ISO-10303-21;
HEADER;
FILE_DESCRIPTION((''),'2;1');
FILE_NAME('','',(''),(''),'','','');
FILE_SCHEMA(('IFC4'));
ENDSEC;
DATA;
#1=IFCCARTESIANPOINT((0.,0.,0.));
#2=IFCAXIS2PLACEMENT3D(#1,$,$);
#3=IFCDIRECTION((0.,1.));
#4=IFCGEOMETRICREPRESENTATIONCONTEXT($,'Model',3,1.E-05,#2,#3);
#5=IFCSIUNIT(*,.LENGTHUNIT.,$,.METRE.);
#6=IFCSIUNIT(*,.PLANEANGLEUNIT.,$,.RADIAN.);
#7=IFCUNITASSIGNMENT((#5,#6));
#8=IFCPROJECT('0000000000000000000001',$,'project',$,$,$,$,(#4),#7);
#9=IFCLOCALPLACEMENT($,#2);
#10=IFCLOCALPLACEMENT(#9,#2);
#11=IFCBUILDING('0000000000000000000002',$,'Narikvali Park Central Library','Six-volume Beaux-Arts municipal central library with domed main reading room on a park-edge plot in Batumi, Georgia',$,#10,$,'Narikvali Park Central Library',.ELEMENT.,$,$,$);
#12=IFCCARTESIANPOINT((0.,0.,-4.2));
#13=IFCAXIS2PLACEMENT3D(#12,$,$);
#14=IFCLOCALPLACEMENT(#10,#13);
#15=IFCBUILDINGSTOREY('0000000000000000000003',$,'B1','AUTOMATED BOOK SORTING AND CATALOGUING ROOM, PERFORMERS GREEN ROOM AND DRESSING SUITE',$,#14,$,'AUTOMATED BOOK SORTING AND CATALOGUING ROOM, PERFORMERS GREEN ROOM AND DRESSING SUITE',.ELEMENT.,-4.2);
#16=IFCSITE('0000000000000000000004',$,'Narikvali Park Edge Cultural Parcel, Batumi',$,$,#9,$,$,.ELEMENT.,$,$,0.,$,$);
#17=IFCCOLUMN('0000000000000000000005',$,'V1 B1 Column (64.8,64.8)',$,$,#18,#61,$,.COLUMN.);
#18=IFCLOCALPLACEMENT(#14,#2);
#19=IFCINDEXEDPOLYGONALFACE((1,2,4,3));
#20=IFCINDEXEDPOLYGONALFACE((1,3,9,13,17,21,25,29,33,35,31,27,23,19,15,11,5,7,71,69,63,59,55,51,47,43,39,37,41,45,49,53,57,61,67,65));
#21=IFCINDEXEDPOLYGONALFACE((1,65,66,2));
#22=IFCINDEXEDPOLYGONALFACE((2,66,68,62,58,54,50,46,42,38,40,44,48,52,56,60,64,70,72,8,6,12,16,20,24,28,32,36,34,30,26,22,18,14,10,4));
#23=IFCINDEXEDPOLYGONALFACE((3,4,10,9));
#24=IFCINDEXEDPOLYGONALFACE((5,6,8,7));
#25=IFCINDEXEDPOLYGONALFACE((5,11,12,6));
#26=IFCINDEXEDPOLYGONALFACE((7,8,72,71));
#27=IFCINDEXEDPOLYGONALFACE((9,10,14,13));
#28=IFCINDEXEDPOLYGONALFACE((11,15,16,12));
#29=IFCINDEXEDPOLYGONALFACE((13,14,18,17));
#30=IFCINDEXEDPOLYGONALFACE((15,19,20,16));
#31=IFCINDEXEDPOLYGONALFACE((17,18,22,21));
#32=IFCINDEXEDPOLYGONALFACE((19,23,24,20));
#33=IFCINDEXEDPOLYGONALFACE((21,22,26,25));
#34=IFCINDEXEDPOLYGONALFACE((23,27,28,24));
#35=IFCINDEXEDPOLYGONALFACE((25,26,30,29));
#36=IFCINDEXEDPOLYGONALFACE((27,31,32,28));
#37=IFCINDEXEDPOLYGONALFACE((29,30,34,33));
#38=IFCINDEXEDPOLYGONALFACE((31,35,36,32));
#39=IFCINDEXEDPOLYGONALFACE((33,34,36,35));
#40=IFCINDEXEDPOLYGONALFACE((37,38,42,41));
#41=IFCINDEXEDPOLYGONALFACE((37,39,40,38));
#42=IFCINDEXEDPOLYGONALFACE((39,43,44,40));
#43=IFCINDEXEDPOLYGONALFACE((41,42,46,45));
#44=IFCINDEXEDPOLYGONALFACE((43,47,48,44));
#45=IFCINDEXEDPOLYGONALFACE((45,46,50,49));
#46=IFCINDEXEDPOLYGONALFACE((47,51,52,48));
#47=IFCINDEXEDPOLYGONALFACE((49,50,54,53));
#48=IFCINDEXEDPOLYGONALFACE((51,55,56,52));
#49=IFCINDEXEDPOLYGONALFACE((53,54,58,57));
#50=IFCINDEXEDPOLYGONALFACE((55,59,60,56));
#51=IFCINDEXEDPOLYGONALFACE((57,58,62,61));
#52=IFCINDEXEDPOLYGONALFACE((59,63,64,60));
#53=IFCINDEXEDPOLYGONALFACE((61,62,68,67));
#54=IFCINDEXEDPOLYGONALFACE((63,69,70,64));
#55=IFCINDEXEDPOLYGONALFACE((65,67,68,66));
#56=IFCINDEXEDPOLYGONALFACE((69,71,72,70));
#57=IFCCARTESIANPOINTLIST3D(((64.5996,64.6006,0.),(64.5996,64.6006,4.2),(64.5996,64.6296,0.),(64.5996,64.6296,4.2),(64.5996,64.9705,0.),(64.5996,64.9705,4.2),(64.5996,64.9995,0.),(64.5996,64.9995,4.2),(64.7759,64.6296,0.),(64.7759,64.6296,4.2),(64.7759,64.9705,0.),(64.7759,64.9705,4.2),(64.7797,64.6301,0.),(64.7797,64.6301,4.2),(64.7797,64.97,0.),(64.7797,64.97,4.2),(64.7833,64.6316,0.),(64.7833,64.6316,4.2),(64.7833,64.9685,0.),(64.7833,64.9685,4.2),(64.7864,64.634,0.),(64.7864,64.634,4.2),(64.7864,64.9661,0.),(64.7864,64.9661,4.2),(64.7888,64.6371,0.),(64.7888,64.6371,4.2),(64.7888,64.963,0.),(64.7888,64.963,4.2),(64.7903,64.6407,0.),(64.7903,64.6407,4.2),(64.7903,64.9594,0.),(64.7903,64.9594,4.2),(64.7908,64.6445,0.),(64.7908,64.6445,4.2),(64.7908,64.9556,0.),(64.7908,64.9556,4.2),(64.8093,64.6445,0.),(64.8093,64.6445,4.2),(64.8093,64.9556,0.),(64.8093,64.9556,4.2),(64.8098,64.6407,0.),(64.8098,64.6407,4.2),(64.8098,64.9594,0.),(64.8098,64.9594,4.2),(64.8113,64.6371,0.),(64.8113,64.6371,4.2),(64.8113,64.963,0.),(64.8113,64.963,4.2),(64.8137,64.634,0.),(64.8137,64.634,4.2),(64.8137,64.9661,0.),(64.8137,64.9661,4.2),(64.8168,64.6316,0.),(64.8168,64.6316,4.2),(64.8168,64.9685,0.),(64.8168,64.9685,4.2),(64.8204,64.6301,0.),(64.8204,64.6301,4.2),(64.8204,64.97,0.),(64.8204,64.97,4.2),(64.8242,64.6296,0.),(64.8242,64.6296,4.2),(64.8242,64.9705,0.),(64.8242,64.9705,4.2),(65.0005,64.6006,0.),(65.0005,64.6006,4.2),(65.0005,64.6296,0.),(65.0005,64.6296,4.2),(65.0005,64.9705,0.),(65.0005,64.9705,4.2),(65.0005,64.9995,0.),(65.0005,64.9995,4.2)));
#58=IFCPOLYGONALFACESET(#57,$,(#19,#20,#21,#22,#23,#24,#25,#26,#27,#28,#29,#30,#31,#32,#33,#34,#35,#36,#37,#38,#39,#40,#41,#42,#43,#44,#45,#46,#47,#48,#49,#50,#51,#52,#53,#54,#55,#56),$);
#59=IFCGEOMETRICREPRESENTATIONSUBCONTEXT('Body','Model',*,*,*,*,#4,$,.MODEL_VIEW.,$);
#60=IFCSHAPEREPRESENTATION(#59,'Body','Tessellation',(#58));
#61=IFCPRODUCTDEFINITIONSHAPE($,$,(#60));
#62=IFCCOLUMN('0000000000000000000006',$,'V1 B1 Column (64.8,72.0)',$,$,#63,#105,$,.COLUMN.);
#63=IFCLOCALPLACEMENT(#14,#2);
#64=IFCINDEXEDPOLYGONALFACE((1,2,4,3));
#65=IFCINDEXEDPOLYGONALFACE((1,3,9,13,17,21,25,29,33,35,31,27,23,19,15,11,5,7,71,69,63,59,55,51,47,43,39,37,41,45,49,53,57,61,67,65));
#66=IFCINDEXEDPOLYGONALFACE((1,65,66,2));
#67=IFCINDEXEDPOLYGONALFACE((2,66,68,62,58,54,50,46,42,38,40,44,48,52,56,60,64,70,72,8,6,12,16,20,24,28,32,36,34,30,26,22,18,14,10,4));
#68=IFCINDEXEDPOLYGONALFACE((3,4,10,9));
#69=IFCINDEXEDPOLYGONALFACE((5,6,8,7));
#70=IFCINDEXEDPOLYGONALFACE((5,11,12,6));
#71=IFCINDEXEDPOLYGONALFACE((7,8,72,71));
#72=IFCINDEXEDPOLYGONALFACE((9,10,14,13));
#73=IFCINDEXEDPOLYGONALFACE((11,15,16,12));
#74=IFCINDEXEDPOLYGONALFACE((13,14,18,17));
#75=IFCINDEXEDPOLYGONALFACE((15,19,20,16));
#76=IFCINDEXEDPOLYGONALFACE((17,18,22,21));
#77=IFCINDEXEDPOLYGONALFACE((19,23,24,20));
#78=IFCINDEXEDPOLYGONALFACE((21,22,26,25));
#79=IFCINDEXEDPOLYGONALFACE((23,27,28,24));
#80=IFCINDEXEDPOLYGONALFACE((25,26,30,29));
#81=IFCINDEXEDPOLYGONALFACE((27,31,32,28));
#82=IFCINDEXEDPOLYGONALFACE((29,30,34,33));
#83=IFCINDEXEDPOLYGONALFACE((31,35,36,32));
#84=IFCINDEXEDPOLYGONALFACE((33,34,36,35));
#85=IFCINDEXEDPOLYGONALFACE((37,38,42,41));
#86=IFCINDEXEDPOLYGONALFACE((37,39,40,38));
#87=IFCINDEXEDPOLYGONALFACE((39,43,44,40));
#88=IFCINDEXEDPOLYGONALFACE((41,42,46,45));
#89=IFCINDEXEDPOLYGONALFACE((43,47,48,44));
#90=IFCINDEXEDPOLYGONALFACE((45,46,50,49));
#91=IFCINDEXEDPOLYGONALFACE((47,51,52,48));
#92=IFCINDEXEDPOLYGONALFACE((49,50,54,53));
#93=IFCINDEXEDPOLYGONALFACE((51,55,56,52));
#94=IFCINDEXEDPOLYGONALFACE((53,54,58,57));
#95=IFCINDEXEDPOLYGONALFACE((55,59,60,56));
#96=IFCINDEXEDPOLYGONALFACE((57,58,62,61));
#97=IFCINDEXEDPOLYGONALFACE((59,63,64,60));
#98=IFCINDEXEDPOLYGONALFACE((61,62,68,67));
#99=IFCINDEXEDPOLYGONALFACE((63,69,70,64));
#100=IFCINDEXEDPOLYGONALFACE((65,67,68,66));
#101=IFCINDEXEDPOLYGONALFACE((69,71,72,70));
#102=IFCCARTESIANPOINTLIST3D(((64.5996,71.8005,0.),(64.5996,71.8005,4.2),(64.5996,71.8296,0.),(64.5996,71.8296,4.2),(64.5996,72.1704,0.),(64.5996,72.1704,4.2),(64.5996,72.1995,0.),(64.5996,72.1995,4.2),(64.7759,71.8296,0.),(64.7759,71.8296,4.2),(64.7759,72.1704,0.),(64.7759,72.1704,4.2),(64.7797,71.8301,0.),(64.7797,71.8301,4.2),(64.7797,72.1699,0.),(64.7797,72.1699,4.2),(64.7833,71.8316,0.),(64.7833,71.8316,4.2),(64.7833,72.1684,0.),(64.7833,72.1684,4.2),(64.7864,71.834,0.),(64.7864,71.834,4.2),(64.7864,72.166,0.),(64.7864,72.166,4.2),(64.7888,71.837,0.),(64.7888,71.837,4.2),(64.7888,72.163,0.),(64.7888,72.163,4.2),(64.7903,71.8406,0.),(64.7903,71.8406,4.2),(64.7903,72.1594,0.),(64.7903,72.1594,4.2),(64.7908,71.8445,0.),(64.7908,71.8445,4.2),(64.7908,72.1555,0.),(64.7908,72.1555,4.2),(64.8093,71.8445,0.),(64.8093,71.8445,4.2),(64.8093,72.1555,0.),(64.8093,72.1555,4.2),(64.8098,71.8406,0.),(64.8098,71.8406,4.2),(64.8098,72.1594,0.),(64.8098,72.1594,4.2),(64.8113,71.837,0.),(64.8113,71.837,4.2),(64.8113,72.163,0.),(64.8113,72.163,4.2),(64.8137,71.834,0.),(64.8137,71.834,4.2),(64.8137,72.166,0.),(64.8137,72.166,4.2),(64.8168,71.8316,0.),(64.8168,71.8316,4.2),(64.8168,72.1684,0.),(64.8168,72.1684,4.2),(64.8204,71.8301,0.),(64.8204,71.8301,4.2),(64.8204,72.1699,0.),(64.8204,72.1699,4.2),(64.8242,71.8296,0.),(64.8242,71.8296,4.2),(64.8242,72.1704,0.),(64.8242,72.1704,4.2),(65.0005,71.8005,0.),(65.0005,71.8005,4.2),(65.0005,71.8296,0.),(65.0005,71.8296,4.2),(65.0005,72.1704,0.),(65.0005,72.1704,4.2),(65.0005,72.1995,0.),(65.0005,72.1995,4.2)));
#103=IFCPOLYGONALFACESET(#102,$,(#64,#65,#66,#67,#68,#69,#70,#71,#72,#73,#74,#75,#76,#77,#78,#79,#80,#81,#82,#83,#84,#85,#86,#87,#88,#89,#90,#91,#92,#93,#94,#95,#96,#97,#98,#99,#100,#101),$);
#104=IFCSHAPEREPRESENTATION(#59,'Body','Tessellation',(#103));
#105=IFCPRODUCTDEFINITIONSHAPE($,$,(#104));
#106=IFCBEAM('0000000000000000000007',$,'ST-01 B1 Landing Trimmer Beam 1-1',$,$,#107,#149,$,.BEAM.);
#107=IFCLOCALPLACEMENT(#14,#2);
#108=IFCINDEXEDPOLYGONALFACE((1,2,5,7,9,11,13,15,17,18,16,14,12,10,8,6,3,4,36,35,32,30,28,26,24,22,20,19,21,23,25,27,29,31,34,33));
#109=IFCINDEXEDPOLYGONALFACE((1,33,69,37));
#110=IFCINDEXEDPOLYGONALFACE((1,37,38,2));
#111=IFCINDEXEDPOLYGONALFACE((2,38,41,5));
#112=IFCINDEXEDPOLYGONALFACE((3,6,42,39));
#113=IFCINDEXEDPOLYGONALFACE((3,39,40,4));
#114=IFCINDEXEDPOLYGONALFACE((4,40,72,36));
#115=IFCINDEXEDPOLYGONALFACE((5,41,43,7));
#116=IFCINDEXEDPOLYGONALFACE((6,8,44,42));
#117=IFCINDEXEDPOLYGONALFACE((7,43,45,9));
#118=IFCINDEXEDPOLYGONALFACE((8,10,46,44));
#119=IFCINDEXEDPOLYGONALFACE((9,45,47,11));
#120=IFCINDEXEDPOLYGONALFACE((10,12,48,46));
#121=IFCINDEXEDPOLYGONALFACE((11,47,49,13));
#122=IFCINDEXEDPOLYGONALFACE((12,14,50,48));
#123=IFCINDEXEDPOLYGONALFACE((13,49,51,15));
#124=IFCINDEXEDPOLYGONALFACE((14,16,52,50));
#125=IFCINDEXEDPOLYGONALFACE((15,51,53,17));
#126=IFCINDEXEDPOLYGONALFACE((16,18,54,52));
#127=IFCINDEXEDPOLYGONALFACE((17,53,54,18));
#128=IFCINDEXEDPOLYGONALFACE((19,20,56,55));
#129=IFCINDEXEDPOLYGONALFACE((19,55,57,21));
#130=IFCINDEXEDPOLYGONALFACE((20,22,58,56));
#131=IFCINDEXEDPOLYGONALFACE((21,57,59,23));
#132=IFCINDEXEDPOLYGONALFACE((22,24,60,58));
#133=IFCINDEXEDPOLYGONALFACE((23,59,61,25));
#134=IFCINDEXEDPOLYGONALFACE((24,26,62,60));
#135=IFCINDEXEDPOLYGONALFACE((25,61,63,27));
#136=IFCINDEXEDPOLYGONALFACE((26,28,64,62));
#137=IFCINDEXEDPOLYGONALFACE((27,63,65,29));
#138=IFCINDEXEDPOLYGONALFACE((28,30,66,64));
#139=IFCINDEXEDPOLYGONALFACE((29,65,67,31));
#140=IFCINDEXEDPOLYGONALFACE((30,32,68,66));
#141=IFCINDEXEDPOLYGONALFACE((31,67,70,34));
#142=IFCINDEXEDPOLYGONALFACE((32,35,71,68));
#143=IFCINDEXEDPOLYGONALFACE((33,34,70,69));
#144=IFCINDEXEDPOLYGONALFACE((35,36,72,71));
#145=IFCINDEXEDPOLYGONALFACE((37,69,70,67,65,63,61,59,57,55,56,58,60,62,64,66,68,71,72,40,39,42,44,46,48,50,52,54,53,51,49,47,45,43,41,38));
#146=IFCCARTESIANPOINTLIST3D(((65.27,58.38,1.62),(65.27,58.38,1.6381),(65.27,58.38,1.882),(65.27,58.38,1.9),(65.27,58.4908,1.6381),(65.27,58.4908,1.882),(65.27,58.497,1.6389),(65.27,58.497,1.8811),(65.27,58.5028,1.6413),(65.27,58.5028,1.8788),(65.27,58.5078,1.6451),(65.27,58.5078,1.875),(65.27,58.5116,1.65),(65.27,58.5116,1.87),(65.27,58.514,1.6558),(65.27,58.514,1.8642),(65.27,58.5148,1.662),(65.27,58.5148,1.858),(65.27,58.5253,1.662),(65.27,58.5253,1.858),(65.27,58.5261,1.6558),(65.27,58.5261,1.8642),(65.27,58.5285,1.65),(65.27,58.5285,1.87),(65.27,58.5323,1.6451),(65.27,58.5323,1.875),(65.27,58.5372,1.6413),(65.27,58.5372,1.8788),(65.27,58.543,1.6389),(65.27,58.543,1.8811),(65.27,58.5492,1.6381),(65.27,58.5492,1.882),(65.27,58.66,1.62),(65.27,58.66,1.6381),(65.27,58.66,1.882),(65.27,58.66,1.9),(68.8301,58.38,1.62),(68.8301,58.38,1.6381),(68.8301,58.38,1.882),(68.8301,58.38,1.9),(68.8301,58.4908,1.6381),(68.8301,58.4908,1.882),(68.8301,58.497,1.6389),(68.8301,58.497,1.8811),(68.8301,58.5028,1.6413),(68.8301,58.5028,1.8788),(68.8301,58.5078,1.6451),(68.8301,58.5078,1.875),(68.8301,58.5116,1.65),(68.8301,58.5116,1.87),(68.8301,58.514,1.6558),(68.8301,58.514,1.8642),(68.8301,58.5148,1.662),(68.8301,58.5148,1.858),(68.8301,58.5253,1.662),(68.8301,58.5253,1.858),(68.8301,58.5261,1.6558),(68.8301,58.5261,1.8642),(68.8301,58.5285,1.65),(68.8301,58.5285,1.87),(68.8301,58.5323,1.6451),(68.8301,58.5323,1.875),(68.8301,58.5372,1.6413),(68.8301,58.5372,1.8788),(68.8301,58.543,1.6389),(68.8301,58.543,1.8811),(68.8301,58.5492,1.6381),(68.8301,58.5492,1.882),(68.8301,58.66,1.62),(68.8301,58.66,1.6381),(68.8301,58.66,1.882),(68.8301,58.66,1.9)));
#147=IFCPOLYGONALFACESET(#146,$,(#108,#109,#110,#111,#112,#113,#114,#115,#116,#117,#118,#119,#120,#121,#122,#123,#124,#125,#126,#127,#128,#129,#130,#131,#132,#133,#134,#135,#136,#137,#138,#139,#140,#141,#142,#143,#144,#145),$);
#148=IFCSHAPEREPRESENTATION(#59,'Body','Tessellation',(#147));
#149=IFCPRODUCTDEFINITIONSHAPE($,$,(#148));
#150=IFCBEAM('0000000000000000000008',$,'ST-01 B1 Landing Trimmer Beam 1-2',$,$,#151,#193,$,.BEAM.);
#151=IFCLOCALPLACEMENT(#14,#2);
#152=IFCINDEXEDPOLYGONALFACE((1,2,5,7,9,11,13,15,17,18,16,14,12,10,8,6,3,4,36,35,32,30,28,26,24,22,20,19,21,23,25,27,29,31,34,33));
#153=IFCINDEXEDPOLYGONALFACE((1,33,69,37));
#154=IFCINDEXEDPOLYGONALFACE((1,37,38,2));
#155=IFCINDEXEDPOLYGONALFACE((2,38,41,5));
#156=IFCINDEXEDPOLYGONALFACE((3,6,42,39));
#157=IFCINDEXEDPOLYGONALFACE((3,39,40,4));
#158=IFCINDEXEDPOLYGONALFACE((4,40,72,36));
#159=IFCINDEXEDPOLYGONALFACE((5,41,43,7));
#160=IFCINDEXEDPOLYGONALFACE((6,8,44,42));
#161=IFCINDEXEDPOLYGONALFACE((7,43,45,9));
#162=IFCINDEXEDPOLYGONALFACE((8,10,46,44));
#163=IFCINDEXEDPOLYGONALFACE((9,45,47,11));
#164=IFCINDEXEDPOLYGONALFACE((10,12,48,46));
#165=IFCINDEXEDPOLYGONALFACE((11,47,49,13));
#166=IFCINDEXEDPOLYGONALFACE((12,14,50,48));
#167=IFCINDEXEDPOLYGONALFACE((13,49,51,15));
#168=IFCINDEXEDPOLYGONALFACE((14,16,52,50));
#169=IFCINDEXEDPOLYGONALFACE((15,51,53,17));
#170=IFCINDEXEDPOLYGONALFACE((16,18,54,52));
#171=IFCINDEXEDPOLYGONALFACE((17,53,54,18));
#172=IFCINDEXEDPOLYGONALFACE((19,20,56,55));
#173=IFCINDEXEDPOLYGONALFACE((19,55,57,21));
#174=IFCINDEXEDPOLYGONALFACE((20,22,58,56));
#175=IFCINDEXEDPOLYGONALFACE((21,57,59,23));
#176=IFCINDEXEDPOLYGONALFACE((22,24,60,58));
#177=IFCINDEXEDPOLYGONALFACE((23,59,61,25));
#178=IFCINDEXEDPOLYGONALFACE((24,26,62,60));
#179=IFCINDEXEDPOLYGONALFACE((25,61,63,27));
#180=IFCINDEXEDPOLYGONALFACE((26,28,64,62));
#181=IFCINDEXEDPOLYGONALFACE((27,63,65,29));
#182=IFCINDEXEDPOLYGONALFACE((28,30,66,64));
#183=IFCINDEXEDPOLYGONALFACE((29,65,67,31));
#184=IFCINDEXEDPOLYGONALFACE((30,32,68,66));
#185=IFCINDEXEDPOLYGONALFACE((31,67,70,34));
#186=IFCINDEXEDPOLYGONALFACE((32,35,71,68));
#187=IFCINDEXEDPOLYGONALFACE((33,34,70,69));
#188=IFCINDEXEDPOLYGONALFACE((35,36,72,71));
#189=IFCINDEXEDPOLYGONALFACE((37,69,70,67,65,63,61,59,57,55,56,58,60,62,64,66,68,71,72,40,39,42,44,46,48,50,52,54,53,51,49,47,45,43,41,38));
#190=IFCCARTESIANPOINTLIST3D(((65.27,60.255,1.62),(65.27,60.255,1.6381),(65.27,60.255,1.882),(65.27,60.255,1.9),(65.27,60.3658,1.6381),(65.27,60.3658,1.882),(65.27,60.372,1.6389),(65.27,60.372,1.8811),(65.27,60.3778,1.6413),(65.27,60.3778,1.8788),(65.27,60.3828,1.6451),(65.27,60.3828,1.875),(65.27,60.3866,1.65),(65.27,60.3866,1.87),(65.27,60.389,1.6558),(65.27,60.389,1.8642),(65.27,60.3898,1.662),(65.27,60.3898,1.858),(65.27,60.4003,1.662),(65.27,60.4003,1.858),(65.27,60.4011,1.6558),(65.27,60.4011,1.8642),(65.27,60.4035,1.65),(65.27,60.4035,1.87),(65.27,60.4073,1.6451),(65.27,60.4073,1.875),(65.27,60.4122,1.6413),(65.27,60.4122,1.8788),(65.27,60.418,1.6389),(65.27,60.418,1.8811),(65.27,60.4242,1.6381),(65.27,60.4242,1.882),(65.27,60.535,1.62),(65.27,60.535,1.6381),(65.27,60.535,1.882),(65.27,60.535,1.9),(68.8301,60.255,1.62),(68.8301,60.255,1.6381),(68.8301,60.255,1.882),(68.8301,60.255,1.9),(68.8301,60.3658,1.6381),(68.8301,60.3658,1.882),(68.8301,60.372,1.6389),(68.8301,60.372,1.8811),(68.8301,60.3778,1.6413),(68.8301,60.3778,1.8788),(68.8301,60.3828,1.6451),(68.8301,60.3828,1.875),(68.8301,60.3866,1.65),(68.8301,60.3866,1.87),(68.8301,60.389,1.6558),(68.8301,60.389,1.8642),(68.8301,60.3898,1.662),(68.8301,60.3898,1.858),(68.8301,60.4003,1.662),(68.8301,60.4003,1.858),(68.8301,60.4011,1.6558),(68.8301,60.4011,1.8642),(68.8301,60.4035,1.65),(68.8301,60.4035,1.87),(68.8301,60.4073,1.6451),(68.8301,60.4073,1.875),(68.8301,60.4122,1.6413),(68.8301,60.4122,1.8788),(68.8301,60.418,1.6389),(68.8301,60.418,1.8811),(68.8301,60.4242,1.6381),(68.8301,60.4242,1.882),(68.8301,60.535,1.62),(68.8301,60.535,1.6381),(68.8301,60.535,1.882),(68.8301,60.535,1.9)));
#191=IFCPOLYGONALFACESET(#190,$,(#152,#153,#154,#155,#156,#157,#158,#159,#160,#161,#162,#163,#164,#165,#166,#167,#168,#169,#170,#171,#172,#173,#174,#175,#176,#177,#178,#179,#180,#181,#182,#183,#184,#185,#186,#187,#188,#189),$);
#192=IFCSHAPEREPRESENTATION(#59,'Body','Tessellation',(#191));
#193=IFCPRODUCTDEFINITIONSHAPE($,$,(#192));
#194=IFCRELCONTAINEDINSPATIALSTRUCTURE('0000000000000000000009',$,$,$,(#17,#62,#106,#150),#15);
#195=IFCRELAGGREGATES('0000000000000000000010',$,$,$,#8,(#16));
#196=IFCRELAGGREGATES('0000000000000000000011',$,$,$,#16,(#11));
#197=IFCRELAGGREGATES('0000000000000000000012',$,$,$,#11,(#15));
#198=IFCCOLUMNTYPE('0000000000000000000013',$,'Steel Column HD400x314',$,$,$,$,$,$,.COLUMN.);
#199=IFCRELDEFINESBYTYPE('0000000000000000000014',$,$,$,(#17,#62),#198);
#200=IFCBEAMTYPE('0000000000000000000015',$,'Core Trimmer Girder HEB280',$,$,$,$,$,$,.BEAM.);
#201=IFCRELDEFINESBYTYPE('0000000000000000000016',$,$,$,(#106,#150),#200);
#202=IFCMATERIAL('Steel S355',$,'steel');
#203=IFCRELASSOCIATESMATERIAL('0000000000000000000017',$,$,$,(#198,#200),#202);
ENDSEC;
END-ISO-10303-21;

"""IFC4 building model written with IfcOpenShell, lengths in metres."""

from ifc_helpers import new_model, si_unit, direction, frame, origin, origin_2d, place, context, subcontext, project, spatial, i_section, extrude, material, material_profile, profile_set, type_object, element, save


model = new_model("IFC4")

# Units and contexts
model_context = context("Model", 3, precision=1e-05, world=origin(), true_north=direction((0.0, 1.0)))
body_context = subcontext(model_context, "Body", "Model", "MODEL_VIEW")
ifc_project = project(units=[si_unit("LENGTHUNIT", "METRE"), si_unit("PLANEANGLEUNIT", "RADIAN")], contexts=[model_context])

# Site, building, storey
site_placement = place(None, origin())
site = spatial("IfcSite", under=ifc_project, at=site_placement, Name="Narikvali Park Edge Cultural Parcel, Batumi", CompositionType="ELEMENT", RefElevation=0.0)
building_placement = place(site_placement, origin())
building = spatial("IfcBuilding", under=site, at=building_placement, Name="Narikvali Park Central Library", Description="Six-volume Beaux-Arts municipal central library with domed main reading room on a park-edge plot in Batumi, Georgia", LongName="Narikvali Park Central Library", CompositionType="ELEMENT")
storey_placement = place(building_placement, frame((0.0, 0.0, -4.2)))
storey = spatial("IfcBuildingStorey", under=building, at=storey_placement, Name="B1", Description="AUTOMATED BOOK SORTING AND CATALOGUING ROOM, PERFORMERS GREEN ROOM AND DRESSING SUITE", LongName="AUTOMATED BOOK SORTING AND CATALOGUING ROOM, PERFORMERS GREEN ROOM AND DRESSING SUITE", CompositionType="ELEMENT", Elevation=-4.2)

# Columns
ifc_material_1 = material(Name="Steel S355", Category="steel")
ifc_material_profile_1 = material_profile(ifc_material_1, i_section(OverallWidth=0.4009, OverallDepth=0.3989, WebThickness=0.0186, FlangeThickness=0.0291, FilletRadius=0.0149, at=origin_2d()), Name="HD 400x314")
ifc_profile_set_1 = profile_set([ifc_material_profile_1], Name="Steel S355")
column_type = type_object("IfcColumnType", Name="Steel Column HD400x314", PredefinedType="COLUMN", material=ifc_profile_set_1)
for number, where, z_axis, x_axis, name in (
    (1, (64.8, 64.8, 0.0), (0.0, 0.0, 1.0), (1.0, 0.0, 0.0), "V1 B1 Column (64.8,64.8)"),
    (2, (64.8, 72.0, 0.0), (0.0, 0.0, 1.0), (1.0, 0.0, 0.0), "V1 B1 Column (64.8,72.0)"),
):
    element("IfcColumn", number, at=place(storey_placement, frame(where, z_axis=z_axis, x_axis=x_axis)), inside=storey, type_object=column_type, Name=name, PredefinedType="COLUMN", context=body_context, shape_type="SweptSolid", body=[
        extrude(i_section(OverallWidth=0.4009, OverallDepth=0.3989, WebThickness=0.0186, FlangeThickness=0.0291, FilletRadius=0.0149, at=origin_2d()), origin(), (0.0, 0.0, 1.0), 4.2),
    ])

# Beams
ifc_material_profile_2 = material_profile(ifc_material_1, i_section(OverallWidth=0.28, OverallDepth=0.28, WebThickness=0.0105, FlangeThickness=0.0181, FilletRadius=0.0239, at=origin_2d()), Name="HEB 280")
ifc_profile_set_2 = profile_set([ifc_material_profile_2], Name="Steel S355")
beam_type = type_object("IfcBeamType", Name="Core Trimmer Girder HEB280", PredefinedType="BEAM", material=ifc_profile_set_2)
for number, where, z_axis, x_axis, name in (
    (3, (65.27, 58.52, 1.76), (1.0, 0.0, 0.0), (0.0, 1.0, 0.0), "ST-01 B1 Landing Trimmer Beam 1-1"),
    (4, (65.27, 60.395, 1.76), (1.0, 0.0, 0.0), (0.0, 1.0, 0.0), "ST-01 B1 Landing Trimmer Beam 1-2"),
):
    element("IfcBeam", number, at=place(storey_placement, frame(where, z_axis=z_axis, x_axis=x_axis)), inside=storey, type_object=beam_type, Name=name, PredefinedType="BEAM", context=body_context, shape_type="SweptSolid", body=[
        extrude(i_section(OverallWidth=0.28, OverallDepth=0.28, WebThickness=0.0105, FlangeThickness=0.0181, FilletRadius=0.0239, at=origin_2d()), origin(), (0.0, 0.0, 1.0), 3.5601),
    ])

save(model, "model.ifc")
